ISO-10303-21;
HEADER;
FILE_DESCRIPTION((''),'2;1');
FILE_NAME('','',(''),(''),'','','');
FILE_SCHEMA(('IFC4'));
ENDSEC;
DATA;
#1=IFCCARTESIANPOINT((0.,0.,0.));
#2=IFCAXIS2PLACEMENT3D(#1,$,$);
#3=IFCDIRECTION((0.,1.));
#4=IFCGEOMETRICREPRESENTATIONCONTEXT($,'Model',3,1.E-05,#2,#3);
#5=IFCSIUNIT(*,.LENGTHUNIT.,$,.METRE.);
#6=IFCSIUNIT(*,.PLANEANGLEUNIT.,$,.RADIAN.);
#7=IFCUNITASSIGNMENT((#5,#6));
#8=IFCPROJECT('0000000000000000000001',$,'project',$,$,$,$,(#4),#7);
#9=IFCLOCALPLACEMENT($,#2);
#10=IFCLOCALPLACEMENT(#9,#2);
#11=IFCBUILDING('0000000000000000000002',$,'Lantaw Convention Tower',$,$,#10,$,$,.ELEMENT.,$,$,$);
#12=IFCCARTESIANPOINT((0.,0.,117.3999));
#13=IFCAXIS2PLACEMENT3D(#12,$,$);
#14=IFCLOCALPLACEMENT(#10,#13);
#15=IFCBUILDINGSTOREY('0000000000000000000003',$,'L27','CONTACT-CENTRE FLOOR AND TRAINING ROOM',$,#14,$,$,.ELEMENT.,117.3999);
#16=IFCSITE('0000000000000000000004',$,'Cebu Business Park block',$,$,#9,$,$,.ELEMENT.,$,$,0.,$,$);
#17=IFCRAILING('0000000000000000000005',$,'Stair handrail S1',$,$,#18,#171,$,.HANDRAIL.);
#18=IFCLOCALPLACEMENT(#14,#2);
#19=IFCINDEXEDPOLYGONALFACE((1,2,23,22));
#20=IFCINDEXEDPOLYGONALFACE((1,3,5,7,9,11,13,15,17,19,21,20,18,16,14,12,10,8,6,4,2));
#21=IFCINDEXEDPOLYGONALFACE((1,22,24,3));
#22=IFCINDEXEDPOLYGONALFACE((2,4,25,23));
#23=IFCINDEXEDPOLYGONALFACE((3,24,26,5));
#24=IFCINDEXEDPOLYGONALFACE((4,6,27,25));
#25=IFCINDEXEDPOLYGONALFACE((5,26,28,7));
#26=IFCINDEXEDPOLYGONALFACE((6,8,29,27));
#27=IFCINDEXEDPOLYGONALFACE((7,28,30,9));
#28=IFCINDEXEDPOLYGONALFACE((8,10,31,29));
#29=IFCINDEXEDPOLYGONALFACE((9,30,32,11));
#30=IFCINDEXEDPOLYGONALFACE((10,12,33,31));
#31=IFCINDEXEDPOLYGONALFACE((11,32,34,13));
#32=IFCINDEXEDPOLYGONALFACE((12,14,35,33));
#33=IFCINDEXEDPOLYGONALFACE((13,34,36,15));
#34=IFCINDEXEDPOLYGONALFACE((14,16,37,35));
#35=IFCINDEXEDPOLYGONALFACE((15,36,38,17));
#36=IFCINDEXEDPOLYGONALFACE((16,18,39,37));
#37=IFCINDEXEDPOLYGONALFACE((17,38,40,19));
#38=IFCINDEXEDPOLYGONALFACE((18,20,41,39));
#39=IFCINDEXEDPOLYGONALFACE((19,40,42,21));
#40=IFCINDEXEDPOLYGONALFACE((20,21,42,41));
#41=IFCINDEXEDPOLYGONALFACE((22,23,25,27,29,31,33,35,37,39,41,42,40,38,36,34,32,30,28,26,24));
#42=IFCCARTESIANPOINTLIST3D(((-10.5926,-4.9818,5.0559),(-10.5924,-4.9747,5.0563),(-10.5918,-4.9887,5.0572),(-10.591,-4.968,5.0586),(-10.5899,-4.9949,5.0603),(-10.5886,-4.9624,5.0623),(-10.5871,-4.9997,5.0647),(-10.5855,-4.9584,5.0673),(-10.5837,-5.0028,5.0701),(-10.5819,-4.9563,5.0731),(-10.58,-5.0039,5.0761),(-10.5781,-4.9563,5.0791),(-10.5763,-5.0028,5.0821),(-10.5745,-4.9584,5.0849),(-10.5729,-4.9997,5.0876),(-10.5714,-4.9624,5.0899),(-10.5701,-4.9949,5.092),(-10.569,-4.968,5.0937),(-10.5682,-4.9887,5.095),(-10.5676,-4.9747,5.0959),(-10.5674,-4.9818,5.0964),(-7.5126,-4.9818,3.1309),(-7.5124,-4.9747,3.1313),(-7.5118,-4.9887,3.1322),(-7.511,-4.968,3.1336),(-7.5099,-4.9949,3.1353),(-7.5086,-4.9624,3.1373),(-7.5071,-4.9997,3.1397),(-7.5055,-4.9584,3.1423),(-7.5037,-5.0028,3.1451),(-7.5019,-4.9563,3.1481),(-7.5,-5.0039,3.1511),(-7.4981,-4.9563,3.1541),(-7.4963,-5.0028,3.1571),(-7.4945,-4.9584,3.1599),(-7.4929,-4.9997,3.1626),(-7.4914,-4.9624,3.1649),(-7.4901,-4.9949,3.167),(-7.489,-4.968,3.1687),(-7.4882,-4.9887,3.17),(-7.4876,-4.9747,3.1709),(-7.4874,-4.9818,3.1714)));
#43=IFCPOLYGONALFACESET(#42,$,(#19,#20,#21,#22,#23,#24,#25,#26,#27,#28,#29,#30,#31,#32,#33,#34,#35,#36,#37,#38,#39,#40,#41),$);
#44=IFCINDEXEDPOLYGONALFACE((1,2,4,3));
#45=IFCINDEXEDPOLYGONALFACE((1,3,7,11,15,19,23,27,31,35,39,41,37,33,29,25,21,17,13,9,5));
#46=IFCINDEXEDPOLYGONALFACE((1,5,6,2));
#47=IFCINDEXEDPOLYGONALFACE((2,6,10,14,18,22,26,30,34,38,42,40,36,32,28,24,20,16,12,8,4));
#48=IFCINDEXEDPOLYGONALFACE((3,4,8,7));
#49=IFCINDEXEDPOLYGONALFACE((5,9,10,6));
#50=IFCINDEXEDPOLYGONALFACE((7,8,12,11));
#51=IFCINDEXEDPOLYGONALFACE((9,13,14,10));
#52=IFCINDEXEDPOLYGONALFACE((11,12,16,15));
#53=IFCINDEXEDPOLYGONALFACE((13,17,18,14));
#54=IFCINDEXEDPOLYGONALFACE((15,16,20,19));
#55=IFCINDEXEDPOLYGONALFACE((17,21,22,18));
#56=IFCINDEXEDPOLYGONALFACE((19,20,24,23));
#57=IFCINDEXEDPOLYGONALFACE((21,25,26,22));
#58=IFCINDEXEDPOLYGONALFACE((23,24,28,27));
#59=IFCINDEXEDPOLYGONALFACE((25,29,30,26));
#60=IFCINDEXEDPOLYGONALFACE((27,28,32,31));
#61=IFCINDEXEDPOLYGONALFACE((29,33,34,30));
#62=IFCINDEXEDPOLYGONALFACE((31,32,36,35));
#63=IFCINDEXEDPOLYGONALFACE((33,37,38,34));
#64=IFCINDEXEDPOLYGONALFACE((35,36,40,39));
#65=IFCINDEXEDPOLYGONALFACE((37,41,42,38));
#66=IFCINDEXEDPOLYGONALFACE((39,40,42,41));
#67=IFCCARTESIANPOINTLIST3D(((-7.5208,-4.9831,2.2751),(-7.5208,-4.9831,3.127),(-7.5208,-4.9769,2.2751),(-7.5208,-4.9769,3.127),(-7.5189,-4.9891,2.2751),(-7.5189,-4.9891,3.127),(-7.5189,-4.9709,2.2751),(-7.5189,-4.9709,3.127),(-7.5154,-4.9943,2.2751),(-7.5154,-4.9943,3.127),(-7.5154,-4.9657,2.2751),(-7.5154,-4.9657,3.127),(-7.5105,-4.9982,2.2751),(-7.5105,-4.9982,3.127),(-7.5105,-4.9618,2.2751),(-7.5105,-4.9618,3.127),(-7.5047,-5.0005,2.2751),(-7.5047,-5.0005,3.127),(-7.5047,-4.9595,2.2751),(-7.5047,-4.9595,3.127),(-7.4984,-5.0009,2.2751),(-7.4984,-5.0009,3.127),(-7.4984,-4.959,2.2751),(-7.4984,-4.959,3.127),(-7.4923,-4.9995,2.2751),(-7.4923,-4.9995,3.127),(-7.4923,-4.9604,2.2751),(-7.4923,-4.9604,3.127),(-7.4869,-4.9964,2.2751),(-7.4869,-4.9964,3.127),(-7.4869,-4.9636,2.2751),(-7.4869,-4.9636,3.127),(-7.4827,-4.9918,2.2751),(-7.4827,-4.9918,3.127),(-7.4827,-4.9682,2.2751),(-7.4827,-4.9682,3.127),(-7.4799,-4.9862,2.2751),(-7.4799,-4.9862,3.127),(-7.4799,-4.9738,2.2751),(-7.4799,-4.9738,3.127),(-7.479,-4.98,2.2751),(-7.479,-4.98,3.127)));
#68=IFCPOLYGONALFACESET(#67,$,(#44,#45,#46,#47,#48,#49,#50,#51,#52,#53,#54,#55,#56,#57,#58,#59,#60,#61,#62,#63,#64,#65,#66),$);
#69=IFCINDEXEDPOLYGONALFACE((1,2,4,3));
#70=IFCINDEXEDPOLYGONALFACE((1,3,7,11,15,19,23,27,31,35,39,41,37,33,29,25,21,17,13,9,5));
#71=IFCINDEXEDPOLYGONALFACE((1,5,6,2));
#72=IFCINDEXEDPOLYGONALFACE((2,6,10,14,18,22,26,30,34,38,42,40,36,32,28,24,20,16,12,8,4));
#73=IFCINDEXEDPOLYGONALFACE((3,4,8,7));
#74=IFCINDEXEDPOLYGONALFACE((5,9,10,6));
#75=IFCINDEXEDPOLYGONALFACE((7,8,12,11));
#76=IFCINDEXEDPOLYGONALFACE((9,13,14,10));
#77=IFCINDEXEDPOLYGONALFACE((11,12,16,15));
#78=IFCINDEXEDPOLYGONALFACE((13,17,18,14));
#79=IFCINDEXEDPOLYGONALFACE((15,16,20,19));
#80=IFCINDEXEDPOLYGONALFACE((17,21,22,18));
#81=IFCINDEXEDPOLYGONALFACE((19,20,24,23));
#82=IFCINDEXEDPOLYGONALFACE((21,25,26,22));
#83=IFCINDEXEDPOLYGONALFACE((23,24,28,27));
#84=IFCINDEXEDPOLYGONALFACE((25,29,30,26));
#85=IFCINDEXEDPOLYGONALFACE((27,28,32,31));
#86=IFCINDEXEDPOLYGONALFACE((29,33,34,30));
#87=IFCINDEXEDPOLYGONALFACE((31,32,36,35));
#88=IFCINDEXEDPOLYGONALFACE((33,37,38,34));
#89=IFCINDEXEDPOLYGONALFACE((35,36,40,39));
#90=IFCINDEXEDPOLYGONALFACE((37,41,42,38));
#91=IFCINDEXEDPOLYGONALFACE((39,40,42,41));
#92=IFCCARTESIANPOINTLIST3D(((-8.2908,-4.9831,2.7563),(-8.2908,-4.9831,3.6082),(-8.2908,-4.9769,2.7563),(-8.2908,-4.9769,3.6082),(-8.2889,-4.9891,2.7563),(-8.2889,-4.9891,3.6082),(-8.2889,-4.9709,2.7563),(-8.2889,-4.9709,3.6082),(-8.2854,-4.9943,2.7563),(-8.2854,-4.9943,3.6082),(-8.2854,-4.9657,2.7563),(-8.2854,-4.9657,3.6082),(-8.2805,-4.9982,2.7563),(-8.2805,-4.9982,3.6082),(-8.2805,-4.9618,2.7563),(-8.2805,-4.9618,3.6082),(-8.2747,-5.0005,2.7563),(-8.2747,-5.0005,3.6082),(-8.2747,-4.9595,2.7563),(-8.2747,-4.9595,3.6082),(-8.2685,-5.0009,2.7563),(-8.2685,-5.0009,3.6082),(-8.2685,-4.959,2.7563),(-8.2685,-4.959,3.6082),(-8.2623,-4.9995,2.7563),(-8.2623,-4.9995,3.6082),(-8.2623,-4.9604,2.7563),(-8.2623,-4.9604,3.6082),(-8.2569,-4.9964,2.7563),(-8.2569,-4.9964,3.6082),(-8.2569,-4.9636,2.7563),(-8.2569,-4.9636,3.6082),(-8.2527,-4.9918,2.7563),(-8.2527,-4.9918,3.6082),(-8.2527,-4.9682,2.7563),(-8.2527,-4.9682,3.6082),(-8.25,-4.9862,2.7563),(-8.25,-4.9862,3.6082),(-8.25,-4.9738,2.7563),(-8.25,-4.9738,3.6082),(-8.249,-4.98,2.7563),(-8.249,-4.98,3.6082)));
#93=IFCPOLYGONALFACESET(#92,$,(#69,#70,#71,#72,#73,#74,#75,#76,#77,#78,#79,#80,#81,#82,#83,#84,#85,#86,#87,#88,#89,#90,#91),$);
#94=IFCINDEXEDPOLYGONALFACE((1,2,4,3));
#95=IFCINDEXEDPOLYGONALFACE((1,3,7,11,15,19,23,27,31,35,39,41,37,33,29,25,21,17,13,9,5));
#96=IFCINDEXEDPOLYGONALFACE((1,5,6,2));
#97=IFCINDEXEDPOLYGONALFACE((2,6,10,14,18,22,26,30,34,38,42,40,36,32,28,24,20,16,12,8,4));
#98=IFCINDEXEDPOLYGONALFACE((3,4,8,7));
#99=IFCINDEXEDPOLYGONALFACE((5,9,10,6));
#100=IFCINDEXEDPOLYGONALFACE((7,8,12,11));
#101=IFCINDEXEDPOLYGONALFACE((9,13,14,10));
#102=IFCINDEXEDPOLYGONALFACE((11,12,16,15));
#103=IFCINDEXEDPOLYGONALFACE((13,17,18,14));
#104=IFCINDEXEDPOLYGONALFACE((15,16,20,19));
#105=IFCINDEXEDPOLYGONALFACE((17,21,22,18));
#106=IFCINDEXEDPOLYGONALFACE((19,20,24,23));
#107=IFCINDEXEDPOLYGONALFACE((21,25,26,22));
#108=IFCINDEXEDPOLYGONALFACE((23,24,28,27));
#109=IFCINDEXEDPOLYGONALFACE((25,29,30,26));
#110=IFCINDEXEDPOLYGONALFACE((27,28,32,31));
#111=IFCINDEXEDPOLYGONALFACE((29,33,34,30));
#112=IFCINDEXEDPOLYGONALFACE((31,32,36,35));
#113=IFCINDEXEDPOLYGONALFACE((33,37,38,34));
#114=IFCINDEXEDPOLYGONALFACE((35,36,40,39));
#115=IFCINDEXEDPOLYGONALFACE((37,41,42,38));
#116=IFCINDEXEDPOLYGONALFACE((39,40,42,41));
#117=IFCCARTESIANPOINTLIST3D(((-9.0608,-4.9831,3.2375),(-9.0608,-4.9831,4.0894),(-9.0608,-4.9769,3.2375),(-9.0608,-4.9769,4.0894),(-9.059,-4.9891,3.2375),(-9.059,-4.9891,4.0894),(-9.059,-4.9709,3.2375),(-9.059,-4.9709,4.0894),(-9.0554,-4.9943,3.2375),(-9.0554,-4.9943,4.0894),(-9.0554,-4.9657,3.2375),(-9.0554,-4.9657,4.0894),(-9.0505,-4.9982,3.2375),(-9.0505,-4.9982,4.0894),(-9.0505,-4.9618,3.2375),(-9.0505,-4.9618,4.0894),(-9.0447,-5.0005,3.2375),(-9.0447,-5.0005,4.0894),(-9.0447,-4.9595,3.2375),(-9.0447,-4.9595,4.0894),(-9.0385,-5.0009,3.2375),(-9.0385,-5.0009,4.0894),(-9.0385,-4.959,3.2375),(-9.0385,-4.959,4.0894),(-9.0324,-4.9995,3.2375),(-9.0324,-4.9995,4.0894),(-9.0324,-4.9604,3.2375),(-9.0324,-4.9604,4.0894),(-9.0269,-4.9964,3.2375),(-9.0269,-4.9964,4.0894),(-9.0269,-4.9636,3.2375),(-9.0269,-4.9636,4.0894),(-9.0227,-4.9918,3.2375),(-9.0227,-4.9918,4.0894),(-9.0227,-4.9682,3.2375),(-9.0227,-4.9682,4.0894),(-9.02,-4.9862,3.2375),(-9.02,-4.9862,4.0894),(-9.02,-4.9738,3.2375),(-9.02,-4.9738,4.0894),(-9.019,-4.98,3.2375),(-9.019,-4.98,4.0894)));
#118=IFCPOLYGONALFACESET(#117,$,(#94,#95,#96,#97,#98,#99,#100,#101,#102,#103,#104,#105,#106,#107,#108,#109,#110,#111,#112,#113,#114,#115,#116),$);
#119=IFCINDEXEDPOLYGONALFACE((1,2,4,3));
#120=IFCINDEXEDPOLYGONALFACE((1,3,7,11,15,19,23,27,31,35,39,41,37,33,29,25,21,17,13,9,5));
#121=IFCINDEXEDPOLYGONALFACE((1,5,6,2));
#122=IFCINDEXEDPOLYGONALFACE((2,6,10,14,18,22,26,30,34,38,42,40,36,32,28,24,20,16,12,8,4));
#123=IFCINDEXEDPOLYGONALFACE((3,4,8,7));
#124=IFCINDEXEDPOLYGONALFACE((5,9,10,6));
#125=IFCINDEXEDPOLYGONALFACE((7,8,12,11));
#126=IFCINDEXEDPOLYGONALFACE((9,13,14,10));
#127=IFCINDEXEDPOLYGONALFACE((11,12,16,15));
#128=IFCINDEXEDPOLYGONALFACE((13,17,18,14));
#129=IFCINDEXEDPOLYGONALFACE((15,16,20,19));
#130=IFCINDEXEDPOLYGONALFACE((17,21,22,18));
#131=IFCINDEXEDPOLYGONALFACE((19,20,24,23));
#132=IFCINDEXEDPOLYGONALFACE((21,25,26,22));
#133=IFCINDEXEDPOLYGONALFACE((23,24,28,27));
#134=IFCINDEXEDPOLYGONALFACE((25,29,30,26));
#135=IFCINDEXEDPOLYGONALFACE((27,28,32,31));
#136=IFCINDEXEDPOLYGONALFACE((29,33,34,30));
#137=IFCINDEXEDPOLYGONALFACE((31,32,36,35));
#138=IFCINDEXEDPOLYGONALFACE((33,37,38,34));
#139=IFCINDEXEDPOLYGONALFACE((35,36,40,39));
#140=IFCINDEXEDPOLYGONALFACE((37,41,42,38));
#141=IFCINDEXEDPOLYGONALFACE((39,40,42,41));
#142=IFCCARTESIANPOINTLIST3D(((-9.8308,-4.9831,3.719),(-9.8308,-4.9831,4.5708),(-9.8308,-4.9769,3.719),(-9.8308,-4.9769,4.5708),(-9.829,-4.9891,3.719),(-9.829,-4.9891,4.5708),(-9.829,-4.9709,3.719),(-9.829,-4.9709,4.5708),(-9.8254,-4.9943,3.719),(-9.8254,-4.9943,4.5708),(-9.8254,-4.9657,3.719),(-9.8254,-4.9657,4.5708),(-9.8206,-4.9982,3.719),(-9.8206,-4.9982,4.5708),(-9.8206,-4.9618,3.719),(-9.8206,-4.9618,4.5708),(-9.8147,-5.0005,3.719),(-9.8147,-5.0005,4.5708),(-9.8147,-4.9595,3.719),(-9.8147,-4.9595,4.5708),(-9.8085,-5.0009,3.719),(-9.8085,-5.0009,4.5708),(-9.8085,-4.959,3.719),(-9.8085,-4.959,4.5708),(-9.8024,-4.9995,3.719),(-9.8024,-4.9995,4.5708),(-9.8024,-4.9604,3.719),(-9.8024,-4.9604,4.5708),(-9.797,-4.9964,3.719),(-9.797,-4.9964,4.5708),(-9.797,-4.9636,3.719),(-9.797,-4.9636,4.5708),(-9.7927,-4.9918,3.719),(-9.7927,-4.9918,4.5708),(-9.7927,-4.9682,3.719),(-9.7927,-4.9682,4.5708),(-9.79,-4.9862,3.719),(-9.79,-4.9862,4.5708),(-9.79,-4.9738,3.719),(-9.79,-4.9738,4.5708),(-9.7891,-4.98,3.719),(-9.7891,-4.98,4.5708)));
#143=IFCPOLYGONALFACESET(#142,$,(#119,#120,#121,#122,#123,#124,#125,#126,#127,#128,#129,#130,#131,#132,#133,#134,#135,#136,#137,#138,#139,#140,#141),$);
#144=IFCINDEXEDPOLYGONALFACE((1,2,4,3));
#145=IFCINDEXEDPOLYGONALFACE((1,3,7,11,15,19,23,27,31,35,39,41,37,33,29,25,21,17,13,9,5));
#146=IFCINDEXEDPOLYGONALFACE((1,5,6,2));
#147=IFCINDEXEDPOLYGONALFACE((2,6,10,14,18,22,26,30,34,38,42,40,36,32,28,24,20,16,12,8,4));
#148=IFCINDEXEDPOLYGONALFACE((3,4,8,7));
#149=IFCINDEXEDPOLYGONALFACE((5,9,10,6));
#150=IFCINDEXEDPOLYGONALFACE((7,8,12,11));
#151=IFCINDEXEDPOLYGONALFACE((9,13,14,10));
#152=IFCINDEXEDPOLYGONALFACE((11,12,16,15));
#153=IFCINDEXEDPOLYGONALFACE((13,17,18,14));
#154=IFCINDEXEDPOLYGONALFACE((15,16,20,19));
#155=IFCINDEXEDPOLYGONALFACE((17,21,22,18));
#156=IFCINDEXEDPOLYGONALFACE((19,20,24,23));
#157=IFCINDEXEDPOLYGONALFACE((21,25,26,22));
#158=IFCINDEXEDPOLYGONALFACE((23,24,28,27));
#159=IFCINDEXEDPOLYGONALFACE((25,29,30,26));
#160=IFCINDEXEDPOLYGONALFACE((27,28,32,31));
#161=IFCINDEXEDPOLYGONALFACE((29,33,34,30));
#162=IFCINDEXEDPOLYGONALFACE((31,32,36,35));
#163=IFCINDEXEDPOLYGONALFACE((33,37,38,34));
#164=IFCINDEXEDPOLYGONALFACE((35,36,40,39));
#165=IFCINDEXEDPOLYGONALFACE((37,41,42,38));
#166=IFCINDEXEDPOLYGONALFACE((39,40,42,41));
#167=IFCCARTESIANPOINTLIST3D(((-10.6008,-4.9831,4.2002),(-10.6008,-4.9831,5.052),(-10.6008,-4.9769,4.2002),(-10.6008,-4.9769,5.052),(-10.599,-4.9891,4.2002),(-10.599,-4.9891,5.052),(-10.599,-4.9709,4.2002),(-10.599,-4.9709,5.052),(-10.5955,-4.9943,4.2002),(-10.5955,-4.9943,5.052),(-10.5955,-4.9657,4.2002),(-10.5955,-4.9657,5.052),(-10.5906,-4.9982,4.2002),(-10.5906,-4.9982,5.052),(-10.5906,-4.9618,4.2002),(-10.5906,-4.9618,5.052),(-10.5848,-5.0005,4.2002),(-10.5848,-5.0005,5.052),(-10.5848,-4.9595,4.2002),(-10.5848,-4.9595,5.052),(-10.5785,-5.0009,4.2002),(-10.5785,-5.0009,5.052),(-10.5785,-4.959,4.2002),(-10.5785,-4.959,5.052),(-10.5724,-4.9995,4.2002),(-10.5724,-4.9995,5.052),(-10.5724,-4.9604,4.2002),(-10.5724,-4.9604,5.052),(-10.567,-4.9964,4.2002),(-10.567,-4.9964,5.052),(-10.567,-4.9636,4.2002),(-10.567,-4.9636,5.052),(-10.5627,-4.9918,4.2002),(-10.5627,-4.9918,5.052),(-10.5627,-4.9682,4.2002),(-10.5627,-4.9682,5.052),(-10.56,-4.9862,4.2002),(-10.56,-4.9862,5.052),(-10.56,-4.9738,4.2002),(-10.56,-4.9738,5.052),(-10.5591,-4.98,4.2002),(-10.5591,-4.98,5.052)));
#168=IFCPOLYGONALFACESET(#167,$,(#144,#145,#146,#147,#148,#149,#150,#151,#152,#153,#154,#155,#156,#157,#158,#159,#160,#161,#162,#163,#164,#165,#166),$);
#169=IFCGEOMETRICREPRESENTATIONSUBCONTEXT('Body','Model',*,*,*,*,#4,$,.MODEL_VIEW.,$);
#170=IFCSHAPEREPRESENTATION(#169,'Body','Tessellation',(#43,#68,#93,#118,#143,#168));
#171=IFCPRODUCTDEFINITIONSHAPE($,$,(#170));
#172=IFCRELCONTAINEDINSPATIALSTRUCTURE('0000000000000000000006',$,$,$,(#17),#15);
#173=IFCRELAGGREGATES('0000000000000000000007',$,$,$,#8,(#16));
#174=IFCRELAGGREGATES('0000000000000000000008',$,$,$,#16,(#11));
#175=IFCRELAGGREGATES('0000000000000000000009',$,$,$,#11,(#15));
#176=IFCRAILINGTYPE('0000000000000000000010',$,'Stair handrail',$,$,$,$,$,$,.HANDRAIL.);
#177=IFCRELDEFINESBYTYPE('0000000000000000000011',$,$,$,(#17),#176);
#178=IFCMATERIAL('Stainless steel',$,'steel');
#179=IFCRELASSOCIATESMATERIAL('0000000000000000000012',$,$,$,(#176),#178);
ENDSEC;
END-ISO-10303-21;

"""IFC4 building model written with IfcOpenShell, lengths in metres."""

from ifc_helpers import new_model, si_unit, direction, frame, origin, origin_2d, place, context, subcontext, project, spatial, circle, extrude, material, type_object, element, save


model = new_model("IFC4")

# Units and contexts
model_context = context("Model", 3, precision=1e-05, world=origin(), true_north=direction((0.0, 1.0)))
body_context = subcontext(model_context, "Body", "Model", "MODEL_VIEW")
ifc_project = project(units=[si_unit("LENGTHUNIT", "METRE"), si_unit("PLANEANGLEUNIT", "RADIAN")], contexts=[model_context])

# Site, building, storey
site_placement = place(None, origin())
site = spatial("IfcSite", under=ifc_project, at=site_placement, Name="Cebu Business Park block", CompositionType="ELEMENT", RefElevation=0.0)
building_placement = place(site_placement, origin())
building = spatial("IfcBuilding", under=site, at=building_placement, Name="Lantaw Convention Tower", CompositionType="ELEMENT")
storey_placement = place(building_placement, frame((0.0, 0.0, 117.3999)))
storey = spatial("IfcBuildingStorey", under=building, at=storey_placement, Name="L27", Description="CONTACT-CENTRE FLOOR AND TRAINING ROOM", CompositionType="ELEMENT", Elevation=117.3999)

# Railing
ifc_material_1 = material(Name="Stainless steel", Category="steel")
railing_type = type_object("IfcRailingType", Name="Stair handrail", PredefinedType="HANDRAIL", material=ifc_material_1)
railing_1_placement = place(storey_placement, frame((-7.5, -4.98, 2.2751)))
element("IfcRailing", 1, at=railing_1_placement, inside=storey, type_object=railing_type, Name="Stair handrail S1", PredefinedType="HANDRAIL", context=body_context, shape_type="SweptSolid", body=[
    extrude(circle(Radius=0.0239, at=origin_2d()), frame((0.0, 0.0, 0.876), z_axis=(-0.847998, 0.0, 0.529999), x_axis=(0.0, -1.0, 0.0)), (0.0, 0.0, 1.0), 3.6321),
    extrude(circle(Radius=0.021, at=origin_2d()), origin(), (0.0, 0.0, 1.0), 0.8518),
    extrude(circle(Radius=0.021, at=origin_2d()), frame((-0.77, 0.0, 0.4812)), (0.0, 0.0, 1.0), 0.8518),
    extrude(circle(Radius=0.021, at=origin_2d()), frame((-1.54, 0.0, 0.9624)), (0.0, 0.0, 1.0), 0.8518),
    extrude(circle(Radius=0.021, at=origin_2d()), frame((-2.3101, 0.0, 1.4438)), (0.0, 0.0, 1.0), 0.8518),
    extrude(circle(Radius=0.021, at=origin_2d()), frame((-3.0801, 0.0, 1.925)), (0.0, 0.0, 1.0), 0.8518),
])

save(model, "model.ifc")
